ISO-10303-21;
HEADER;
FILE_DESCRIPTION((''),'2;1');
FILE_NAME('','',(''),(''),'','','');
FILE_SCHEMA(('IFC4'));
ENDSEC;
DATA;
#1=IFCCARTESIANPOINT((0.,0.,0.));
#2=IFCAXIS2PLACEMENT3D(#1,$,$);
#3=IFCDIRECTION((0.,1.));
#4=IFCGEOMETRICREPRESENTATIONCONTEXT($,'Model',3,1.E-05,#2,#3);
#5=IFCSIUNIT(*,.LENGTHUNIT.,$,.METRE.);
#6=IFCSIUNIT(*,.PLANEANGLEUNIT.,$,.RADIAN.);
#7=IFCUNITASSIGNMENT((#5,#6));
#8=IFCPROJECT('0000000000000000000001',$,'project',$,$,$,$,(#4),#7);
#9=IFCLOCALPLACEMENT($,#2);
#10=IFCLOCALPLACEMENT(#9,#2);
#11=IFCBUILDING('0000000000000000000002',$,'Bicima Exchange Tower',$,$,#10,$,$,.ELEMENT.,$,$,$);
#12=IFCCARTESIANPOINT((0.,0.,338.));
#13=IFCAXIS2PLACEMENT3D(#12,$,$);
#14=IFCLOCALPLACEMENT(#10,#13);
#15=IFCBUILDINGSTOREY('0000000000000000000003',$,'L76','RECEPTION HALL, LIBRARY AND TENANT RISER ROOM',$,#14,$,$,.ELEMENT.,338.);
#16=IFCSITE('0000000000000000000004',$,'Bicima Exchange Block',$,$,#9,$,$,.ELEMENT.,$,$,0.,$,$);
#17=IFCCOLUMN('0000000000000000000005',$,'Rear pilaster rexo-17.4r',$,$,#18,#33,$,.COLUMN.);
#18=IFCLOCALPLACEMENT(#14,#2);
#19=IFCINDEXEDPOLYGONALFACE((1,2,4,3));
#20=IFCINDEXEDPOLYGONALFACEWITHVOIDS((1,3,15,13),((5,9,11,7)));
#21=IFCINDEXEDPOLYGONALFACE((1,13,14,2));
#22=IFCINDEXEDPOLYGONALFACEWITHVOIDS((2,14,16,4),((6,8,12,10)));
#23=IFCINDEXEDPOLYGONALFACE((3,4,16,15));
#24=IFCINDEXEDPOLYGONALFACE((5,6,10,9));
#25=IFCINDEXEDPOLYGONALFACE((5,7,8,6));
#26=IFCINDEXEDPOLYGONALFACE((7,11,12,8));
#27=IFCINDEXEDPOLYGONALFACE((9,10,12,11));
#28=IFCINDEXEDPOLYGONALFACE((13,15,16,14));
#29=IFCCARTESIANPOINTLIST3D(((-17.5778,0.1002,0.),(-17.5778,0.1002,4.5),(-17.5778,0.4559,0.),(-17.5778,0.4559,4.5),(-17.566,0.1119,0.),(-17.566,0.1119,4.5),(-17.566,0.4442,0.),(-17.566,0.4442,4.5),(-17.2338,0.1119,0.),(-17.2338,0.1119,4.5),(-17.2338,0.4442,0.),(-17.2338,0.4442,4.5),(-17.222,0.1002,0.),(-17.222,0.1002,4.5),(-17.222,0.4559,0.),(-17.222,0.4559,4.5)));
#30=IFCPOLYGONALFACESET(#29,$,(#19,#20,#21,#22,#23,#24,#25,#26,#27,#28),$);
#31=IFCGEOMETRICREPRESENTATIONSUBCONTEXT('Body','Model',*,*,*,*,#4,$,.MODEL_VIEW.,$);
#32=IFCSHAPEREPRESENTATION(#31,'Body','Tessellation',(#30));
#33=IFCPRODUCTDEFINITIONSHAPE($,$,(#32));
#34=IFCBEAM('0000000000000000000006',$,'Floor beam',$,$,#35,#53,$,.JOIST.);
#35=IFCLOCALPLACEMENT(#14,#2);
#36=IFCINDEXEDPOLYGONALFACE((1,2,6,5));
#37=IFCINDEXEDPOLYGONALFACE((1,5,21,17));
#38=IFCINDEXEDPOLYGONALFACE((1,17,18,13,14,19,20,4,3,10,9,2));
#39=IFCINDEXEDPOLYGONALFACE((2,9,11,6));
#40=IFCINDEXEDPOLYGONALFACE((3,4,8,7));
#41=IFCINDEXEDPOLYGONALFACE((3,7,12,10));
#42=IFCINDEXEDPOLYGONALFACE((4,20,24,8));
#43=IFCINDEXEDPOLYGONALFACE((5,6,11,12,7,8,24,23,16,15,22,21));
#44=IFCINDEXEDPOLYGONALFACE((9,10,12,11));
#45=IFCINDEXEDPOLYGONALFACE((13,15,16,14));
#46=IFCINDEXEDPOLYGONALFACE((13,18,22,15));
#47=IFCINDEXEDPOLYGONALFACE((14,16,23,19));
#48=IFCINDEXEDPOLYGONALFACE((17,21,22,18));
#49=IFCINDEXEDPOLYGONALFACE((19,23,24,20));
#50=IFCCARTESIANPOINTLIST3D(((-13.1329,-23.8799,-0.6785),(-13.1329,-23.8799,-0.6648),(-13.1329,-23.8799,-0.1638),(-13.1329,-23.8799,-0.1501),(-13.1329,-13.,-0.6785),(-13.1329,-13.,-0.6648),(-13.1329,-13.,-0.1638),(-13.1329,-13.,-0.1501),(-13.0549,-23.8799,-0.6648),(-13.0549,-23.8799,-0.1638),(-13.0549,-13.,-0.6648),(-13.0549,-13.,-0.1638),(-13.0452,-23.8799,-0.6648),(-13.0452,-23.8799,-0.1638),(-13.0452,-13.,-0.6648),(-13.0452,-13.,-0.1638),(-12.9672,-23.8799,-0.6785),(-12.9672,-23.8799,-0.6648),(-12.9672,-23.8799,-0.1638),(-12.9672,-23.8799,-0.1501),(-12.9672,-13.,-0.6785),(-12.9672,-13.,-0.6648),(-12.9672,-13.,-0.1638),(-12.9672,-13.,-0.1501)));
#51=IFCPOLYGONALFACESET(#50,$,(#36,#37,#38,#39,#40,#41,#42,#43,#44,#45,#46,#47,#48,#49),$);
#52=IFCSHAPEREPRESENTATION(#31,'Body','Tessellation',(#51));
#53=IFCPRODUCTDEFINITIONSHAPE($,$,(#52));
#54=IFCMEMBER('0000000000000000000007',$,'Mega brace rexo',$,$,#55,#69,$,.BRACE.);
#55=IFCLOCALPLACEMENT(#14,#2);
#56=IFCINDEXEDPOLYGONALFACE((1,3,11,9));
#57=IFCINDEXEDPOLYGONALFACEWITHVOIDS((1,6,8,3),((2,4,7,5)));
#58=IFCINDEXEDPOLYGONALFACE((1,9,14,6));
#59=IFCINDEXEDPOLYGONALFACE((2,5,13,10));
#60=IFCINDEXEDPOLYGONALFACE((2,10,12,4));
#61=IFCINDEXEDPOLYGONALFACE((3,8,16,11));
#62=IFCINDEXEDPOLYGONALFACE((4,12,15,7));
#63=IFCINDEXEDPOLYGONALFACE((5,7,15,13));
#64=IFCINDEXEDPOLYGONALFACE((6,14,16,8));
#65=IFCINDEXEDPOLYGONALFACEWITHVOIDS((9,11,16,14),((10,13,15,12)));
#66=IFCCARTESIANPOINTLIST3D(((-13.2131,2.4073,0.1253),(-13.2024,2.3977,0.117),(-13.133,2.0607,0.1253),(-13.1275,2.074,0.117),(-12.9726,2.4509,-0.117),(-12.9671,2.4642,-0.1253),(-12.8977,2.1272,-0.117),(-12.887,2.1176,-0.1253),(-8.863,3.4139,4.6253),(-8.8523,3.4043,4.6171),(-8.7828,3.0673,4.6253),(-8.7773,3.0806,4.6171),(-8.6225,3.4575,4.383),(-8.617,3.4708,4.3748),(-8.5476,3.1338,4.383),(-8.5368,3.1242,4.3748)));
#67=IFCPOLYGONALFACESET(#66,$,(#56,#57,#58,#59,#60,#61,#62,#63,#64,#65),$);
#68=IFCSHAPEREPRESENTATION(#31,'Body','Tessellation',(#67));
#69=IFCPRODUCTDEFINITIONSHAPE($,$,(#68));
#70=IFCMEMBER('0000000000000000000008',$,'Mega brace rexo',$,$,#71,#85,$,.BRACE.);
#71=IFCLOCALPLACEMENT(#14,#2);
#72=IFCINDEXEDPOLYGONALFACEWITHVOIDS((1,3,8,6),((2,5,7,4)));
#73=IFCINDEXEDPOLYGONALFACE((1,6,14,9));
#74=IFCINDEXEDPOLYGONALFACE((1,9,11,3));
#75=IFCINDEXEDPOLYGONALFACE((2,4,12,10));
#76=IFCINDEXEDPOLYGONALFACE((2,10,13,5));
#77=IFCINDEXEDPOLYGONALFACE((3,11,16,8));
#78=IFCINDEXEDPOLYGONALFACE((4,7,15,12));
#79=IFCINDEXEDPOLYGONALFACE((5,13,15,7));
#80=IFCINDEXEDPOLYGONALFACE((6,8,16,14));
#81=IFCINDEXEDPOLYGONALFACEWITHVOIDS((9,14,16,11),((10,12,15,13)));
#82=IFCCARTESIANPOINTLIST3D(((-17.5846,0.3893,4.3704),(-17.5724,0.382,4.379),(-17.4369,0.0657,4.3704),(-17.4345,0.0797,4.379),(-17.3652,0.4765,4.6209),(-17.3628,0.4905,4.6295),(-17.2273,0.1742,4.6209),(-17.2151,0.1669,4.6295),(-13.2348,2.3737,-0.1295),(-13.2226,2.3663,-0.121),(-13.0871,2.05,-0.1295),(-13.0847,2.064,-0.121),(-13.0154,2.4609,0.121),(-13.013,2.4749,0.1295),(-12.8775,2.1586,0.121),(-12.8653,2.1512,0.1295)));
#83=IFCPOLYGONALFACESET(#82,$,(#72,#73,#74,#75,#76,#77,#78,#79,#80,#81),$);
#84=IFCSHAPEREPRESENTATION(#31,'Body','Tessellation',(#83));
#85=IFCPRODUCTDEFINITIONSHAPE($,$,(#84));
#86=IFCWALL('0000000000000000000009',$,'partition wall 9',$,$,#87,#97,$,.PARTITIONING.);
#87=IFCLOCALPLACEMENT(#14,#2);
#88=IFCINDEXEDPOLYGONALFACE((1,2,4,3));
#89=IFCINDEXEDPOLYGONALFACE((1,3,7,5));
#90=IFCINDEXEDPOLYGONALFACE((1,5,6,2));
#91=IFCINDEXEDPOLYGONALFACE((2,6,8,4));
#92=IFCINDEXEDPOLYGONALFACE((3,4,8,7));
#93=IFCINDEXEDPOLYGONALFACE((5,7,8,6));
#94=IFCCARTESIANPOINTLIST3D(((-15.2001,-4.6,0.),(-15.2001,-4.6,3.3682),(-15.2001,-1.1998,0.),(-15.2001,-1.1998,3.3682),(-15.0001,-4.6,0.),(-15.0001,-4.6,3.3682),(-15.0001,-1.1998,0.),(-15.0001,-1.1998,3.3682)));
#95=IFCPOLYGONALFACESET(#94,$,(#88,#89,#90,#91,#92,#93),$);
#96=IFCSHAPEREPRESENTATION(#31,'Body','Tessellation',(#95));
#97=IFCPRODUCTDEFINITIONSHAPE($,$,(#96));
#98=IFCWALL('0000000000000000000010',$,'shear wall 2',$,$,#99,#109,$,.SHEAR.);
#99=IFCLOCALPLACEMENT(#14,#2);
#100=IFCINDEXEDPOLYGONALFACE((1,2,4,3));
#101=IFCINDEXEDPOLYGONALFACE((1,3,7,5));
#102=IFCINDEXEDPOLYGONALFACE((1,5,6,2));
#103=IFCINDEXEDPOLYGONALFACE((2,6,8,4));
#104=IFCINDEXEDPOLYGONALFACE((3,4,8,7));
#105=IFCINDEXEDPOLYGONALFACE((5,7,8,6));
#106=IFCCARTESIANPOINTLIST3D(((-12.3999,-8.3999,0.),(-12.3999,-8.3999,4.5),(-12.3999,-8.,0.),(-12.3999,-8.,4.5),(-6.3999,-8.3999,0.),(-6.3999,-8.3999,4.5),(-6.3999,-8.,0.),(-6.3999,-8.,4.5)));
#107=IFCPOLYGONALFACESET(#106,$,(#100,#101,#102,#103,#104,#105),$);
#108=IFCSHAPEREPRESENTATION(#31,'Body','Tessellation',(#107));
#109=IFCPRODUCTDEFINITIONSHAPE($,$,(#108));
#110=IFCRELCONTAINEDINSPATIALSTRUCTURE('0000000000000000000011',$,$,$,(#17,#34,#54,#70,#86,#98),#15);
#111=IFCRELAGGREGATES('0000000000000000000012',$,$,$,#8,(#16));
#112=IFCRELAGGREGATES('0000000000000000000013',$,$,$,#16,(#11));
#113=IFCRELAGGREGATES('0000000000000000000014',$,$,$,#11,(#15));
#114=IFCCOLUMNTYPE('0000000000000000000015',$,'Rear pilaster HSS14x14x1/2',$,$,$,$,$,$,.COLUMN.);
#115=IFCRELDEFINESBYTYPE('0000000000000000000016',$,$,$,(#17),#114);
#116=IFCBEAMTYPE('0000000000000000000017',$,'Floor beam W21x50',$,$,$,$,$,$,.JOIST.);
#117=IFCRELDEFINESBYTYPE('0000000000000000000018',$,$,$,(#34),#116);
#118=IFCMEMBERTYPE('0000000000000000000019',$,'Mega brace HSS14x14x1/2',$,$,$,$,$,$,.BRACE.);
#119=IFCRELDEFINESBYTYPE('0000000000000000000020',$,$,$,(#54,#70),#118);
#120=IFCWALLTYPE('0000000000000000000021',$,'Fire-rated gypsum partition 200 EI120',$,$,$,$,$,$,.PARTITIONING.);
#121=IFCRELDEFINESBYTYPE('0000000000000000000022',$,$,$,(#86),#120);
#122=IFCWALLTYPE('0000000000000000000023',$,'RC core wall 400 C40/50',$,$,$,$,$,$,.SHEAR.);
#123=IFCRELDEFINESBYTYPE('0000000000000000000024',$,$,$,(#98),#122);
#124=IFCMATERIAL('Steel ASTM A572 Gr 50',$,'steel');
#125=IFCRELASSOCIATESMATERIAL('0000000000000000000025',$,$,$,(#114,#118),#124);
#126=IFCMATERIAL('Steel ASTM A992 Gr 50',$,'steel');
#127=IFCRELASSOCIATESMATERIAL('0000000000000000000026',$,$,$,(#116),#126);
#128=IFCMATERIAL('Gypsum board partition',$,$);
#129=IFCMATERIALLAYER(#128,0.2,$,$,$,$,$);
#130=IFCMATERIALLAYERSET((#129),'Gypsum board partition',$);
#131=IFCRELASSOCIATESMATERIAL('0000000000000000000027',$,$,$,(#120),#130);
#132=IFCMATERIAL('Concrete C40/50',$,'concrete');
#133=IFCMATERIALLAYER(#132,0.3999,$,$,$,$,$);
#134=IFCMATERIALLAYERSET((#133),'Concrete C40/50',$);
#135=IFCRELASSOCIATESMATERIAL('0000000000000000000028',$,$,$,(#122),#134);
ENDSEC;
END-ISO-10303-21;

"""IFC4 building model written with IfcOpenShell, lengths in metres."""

from ifc_helpers import new_model, si_unit, direction, frame, frame_2d, origin, origin_2d, place, context, subcontext, project, spatial, rectangle, hollow_rectangle, i_section, extrude, material, layer, layer_set, material_profile, profile_set, type_object, element, save


model = new_model("IFC4")

# Units and contexts
model_context = context("Model", 3, precision=1e-05, world=origin(), true_north=direction((0.0, 1.0)))
body_context = subcontext(model_context, "Body", "Model", "MODEL_VIEW")
ifc_project = project(units=[si_unit("LENGTHUNIT", "METRE"), si_unit("PLANEANGLEUNIT", "RADIAN")], contexts=[model_context])

# Site, building, storey
site_placement = place(None, origin())
site = spatial("IfcSite", under=ifc_project, at=site_placement, Name="Bicima Exchange Block", CompositionType="ELEMENT", RefElevation=0.0)
building_placement = place(site_placement, origin())
building = spatial("IfcBuilding", under=site, at=building_placement, Name="Bicima Exchange Tower", CompositionType="ELEMENT")
storey_placement = place(building_placement, frame((0.0, 0.0, 338.0)))
storey = spatial("IfcBuildingStorey", under=building, at=storey_placement, Name="L76", Description="RECEPTION HALL, LIBRARY AND TENANT RISER ROOM", CompositionType="ELEMENT", Elevation=338.0)

# Column
ifc_material_1 = material(Name="Steel ASTM A572 Gr 50", Category="steel")
ifc_material_profile_1 = material_profile(ifc_material_1, hollow_rectangle(XDim=0.3557, YDim=0.3557, WallThickness=0.0117, at=origin_2d()))
ifc_profile_set_1 = profile_set([ifc_material_profile_1], Name="Steel ASTM A572 Gr 50")
column_type = type_object("IfcColumnType", Name="Rear pilaster HSS14x14x1/2", PredefinedType="COLUMN", material=ifc_profile_set_1)
column_placement = place(storey_placement, frame((-17.3999, 0.2781, 0.0), z_axis=(0.0, 0.0, 1.0), x_axis=(1.0, 0.0, 0.0)))
element("IfcColumn", 1, at=column_placement, inside=storey, type_object=column_type, Name="Rear pilaster rexo-17.4r", PredefinedType="COLUMN", context=body_context, shape_type="SweptSolid", body=[
    extrude(hollow_rectangle(XDim=0.3557, YDim=0.3557, WallThickness=0.0117, at=origin_2d()), origin(), (0.0, 0.0, 1.0), 4.5),
])

# Beam
ifc_material_2 = material(Name="Steel ASTM A992 Gr 50", Category="steel")
ifc_material_profile_2 = material_profile(ifc_material_2, i_section(OverallWidth=0.1658, OverallDepth=0.5283, WebThickness=0.0098, FlangeThickness=0.0137, at=origin_2d()))
ifc_profile_set_2 = profile_set([ifc_material_profile_2], Name="Steel ASTM A992 Gr 50")
beam_type = type_object("IfcBeamType", Name="Floor beam W21x50", PredefinedType="JOIST", material=ifc_profile_set_2)
beam_placement = place(storey_placement, frame((-13.05, -13.0, -0.4143), z_axis=(0.0, -1.0, 0.0), x_axis=(1.0, 0.0, 0.0)))
element("IfcBeam", 2, at=beam_placement, inside=storey, type_object=beam_type, Name="Floor beam", PredefinedType="JOIST", context=body_context, shape_type="SweptSolid", body=[
    extrude(i_section(OverallWidth=0.1658, OverallDepth=0.5283, WebThickness=0.0098, FlangeThickness=0.0137, at=origin_2d()), origin(), (0.0, 0.0, 1.0), 10.8799),
])

# Members
member_type = type_object("IfcMemberType", Name="Mega brace HSS14x14x1/2", PredefinedType="BRACE", material=ifc_profile_set_1)
member_1_placement = place(storey_placement, frame((-13.05, 2.2625, 0.0), z_axis=(0.686212, 0.158786, 0.709859), x_axis=(-0.225439, 0.974257, 0.0)))
element("IfcMember", 3, at=member_1_placement, inside=storey, type_object=member_type, Name="Mega brace rexo", PredefinedType="BRACE", context=body_context, shape_type="SweptSolid", body=[
    extrude(hollow_rectangle(XDim=0.3557, YDim=0.3557, WallThickness=0.0117, at=origin_2d()), origin(), (0.0, 0.0, 1.0), 6.3394),
])
member_2_placement = place(storey_placement, frame((-13.05, 2.2625, 0.0), z_axis=(-0.662508, -0.302232, 0.685376), x_axis=(0.415045, -0.909801, 0.0)))
element("IfcMember", 4, at=member_2_placement, inside=storey, type_object=member_type, Name="Mega brace rexo", PredefinedType="BRACE", context=body_context, shape_type="SweptSolid", body=[
    extrude(hollow_rectangle(XDim=0.3557, YDim=0.3557, WallThickness=0.0117, at=origin_2d()), origin(), (0.0, 0.0, 1.0), 6.5657),
])

# Walls
ifc_material_3 = material(Name="Gypsum board partition")
ifc_layer_1 = layer(ifc_material_3, 0.2)
ifc_layer_set_1 = layer_set([ifc_layer_1], Name="Gypsum board partition")
wall_type_1 = type_object("IfcWallType", Name="Fire-rated gypsum partition 200 EI120", PredefinedType="PARTITIONING", material=ifc_layer_set_1)
wall_1_placement = place(storey_placement, frame((-15.1001, -4.6001, 0.0), z_axis=(0.0, 0.0, 1.0), x_axis=(0.0, 1.0, 0.0)))
element("IfcWall", 5, at=wall_1_placement, inside=storey, type_object=wall_type_1, Name="partition wall 9", PredefinedType="PARTITIONING", context=body_context, shape_type="SweptSolid", body=[
    extrude(rectangle(XDim=3.4001, YDim=0.2, at=frame_2d((1.7002, 0.0))), origin(), (0.0, 0.0, 1.0), 3.3682),
])
ifc_material_4 = material(Name="Concrete C40/50", Category="concrete")
ifc_layer_2 = layer(ifc_material_4, 0.3999)
ifc_layer_set_2 = layer_set([ifc_layer_2], Name="Concrete C40/50")
wall_type_2 = type_object("IfcWallType", Name="RC core wall 400 C40/50", PredefinedType="SHEAR", material=ifc_layer_set_2)
wall_2_placement = place(storey_placement, frame((-12.3999, -8.2, 0.0), z_axis=(0.0, 0.0, 1.0), x_axis=(1.0, 0.0, 0.0)))
element("IfcWall", 6, at=wall_2_placement, inside=storey, type_object=wall_type_2, Name="shear wall 2", PredefinedType="SHEAR", context=body_context, shape_type="SweptSolid", body=[
    extrude(rectangle(XDim=6.0, YDim=0.3999, at=frame_2d((3.0, 0.0))), origin(), (0.0, 0.0, 1.0), 4.5),
])

save(model, "model.ifc")
